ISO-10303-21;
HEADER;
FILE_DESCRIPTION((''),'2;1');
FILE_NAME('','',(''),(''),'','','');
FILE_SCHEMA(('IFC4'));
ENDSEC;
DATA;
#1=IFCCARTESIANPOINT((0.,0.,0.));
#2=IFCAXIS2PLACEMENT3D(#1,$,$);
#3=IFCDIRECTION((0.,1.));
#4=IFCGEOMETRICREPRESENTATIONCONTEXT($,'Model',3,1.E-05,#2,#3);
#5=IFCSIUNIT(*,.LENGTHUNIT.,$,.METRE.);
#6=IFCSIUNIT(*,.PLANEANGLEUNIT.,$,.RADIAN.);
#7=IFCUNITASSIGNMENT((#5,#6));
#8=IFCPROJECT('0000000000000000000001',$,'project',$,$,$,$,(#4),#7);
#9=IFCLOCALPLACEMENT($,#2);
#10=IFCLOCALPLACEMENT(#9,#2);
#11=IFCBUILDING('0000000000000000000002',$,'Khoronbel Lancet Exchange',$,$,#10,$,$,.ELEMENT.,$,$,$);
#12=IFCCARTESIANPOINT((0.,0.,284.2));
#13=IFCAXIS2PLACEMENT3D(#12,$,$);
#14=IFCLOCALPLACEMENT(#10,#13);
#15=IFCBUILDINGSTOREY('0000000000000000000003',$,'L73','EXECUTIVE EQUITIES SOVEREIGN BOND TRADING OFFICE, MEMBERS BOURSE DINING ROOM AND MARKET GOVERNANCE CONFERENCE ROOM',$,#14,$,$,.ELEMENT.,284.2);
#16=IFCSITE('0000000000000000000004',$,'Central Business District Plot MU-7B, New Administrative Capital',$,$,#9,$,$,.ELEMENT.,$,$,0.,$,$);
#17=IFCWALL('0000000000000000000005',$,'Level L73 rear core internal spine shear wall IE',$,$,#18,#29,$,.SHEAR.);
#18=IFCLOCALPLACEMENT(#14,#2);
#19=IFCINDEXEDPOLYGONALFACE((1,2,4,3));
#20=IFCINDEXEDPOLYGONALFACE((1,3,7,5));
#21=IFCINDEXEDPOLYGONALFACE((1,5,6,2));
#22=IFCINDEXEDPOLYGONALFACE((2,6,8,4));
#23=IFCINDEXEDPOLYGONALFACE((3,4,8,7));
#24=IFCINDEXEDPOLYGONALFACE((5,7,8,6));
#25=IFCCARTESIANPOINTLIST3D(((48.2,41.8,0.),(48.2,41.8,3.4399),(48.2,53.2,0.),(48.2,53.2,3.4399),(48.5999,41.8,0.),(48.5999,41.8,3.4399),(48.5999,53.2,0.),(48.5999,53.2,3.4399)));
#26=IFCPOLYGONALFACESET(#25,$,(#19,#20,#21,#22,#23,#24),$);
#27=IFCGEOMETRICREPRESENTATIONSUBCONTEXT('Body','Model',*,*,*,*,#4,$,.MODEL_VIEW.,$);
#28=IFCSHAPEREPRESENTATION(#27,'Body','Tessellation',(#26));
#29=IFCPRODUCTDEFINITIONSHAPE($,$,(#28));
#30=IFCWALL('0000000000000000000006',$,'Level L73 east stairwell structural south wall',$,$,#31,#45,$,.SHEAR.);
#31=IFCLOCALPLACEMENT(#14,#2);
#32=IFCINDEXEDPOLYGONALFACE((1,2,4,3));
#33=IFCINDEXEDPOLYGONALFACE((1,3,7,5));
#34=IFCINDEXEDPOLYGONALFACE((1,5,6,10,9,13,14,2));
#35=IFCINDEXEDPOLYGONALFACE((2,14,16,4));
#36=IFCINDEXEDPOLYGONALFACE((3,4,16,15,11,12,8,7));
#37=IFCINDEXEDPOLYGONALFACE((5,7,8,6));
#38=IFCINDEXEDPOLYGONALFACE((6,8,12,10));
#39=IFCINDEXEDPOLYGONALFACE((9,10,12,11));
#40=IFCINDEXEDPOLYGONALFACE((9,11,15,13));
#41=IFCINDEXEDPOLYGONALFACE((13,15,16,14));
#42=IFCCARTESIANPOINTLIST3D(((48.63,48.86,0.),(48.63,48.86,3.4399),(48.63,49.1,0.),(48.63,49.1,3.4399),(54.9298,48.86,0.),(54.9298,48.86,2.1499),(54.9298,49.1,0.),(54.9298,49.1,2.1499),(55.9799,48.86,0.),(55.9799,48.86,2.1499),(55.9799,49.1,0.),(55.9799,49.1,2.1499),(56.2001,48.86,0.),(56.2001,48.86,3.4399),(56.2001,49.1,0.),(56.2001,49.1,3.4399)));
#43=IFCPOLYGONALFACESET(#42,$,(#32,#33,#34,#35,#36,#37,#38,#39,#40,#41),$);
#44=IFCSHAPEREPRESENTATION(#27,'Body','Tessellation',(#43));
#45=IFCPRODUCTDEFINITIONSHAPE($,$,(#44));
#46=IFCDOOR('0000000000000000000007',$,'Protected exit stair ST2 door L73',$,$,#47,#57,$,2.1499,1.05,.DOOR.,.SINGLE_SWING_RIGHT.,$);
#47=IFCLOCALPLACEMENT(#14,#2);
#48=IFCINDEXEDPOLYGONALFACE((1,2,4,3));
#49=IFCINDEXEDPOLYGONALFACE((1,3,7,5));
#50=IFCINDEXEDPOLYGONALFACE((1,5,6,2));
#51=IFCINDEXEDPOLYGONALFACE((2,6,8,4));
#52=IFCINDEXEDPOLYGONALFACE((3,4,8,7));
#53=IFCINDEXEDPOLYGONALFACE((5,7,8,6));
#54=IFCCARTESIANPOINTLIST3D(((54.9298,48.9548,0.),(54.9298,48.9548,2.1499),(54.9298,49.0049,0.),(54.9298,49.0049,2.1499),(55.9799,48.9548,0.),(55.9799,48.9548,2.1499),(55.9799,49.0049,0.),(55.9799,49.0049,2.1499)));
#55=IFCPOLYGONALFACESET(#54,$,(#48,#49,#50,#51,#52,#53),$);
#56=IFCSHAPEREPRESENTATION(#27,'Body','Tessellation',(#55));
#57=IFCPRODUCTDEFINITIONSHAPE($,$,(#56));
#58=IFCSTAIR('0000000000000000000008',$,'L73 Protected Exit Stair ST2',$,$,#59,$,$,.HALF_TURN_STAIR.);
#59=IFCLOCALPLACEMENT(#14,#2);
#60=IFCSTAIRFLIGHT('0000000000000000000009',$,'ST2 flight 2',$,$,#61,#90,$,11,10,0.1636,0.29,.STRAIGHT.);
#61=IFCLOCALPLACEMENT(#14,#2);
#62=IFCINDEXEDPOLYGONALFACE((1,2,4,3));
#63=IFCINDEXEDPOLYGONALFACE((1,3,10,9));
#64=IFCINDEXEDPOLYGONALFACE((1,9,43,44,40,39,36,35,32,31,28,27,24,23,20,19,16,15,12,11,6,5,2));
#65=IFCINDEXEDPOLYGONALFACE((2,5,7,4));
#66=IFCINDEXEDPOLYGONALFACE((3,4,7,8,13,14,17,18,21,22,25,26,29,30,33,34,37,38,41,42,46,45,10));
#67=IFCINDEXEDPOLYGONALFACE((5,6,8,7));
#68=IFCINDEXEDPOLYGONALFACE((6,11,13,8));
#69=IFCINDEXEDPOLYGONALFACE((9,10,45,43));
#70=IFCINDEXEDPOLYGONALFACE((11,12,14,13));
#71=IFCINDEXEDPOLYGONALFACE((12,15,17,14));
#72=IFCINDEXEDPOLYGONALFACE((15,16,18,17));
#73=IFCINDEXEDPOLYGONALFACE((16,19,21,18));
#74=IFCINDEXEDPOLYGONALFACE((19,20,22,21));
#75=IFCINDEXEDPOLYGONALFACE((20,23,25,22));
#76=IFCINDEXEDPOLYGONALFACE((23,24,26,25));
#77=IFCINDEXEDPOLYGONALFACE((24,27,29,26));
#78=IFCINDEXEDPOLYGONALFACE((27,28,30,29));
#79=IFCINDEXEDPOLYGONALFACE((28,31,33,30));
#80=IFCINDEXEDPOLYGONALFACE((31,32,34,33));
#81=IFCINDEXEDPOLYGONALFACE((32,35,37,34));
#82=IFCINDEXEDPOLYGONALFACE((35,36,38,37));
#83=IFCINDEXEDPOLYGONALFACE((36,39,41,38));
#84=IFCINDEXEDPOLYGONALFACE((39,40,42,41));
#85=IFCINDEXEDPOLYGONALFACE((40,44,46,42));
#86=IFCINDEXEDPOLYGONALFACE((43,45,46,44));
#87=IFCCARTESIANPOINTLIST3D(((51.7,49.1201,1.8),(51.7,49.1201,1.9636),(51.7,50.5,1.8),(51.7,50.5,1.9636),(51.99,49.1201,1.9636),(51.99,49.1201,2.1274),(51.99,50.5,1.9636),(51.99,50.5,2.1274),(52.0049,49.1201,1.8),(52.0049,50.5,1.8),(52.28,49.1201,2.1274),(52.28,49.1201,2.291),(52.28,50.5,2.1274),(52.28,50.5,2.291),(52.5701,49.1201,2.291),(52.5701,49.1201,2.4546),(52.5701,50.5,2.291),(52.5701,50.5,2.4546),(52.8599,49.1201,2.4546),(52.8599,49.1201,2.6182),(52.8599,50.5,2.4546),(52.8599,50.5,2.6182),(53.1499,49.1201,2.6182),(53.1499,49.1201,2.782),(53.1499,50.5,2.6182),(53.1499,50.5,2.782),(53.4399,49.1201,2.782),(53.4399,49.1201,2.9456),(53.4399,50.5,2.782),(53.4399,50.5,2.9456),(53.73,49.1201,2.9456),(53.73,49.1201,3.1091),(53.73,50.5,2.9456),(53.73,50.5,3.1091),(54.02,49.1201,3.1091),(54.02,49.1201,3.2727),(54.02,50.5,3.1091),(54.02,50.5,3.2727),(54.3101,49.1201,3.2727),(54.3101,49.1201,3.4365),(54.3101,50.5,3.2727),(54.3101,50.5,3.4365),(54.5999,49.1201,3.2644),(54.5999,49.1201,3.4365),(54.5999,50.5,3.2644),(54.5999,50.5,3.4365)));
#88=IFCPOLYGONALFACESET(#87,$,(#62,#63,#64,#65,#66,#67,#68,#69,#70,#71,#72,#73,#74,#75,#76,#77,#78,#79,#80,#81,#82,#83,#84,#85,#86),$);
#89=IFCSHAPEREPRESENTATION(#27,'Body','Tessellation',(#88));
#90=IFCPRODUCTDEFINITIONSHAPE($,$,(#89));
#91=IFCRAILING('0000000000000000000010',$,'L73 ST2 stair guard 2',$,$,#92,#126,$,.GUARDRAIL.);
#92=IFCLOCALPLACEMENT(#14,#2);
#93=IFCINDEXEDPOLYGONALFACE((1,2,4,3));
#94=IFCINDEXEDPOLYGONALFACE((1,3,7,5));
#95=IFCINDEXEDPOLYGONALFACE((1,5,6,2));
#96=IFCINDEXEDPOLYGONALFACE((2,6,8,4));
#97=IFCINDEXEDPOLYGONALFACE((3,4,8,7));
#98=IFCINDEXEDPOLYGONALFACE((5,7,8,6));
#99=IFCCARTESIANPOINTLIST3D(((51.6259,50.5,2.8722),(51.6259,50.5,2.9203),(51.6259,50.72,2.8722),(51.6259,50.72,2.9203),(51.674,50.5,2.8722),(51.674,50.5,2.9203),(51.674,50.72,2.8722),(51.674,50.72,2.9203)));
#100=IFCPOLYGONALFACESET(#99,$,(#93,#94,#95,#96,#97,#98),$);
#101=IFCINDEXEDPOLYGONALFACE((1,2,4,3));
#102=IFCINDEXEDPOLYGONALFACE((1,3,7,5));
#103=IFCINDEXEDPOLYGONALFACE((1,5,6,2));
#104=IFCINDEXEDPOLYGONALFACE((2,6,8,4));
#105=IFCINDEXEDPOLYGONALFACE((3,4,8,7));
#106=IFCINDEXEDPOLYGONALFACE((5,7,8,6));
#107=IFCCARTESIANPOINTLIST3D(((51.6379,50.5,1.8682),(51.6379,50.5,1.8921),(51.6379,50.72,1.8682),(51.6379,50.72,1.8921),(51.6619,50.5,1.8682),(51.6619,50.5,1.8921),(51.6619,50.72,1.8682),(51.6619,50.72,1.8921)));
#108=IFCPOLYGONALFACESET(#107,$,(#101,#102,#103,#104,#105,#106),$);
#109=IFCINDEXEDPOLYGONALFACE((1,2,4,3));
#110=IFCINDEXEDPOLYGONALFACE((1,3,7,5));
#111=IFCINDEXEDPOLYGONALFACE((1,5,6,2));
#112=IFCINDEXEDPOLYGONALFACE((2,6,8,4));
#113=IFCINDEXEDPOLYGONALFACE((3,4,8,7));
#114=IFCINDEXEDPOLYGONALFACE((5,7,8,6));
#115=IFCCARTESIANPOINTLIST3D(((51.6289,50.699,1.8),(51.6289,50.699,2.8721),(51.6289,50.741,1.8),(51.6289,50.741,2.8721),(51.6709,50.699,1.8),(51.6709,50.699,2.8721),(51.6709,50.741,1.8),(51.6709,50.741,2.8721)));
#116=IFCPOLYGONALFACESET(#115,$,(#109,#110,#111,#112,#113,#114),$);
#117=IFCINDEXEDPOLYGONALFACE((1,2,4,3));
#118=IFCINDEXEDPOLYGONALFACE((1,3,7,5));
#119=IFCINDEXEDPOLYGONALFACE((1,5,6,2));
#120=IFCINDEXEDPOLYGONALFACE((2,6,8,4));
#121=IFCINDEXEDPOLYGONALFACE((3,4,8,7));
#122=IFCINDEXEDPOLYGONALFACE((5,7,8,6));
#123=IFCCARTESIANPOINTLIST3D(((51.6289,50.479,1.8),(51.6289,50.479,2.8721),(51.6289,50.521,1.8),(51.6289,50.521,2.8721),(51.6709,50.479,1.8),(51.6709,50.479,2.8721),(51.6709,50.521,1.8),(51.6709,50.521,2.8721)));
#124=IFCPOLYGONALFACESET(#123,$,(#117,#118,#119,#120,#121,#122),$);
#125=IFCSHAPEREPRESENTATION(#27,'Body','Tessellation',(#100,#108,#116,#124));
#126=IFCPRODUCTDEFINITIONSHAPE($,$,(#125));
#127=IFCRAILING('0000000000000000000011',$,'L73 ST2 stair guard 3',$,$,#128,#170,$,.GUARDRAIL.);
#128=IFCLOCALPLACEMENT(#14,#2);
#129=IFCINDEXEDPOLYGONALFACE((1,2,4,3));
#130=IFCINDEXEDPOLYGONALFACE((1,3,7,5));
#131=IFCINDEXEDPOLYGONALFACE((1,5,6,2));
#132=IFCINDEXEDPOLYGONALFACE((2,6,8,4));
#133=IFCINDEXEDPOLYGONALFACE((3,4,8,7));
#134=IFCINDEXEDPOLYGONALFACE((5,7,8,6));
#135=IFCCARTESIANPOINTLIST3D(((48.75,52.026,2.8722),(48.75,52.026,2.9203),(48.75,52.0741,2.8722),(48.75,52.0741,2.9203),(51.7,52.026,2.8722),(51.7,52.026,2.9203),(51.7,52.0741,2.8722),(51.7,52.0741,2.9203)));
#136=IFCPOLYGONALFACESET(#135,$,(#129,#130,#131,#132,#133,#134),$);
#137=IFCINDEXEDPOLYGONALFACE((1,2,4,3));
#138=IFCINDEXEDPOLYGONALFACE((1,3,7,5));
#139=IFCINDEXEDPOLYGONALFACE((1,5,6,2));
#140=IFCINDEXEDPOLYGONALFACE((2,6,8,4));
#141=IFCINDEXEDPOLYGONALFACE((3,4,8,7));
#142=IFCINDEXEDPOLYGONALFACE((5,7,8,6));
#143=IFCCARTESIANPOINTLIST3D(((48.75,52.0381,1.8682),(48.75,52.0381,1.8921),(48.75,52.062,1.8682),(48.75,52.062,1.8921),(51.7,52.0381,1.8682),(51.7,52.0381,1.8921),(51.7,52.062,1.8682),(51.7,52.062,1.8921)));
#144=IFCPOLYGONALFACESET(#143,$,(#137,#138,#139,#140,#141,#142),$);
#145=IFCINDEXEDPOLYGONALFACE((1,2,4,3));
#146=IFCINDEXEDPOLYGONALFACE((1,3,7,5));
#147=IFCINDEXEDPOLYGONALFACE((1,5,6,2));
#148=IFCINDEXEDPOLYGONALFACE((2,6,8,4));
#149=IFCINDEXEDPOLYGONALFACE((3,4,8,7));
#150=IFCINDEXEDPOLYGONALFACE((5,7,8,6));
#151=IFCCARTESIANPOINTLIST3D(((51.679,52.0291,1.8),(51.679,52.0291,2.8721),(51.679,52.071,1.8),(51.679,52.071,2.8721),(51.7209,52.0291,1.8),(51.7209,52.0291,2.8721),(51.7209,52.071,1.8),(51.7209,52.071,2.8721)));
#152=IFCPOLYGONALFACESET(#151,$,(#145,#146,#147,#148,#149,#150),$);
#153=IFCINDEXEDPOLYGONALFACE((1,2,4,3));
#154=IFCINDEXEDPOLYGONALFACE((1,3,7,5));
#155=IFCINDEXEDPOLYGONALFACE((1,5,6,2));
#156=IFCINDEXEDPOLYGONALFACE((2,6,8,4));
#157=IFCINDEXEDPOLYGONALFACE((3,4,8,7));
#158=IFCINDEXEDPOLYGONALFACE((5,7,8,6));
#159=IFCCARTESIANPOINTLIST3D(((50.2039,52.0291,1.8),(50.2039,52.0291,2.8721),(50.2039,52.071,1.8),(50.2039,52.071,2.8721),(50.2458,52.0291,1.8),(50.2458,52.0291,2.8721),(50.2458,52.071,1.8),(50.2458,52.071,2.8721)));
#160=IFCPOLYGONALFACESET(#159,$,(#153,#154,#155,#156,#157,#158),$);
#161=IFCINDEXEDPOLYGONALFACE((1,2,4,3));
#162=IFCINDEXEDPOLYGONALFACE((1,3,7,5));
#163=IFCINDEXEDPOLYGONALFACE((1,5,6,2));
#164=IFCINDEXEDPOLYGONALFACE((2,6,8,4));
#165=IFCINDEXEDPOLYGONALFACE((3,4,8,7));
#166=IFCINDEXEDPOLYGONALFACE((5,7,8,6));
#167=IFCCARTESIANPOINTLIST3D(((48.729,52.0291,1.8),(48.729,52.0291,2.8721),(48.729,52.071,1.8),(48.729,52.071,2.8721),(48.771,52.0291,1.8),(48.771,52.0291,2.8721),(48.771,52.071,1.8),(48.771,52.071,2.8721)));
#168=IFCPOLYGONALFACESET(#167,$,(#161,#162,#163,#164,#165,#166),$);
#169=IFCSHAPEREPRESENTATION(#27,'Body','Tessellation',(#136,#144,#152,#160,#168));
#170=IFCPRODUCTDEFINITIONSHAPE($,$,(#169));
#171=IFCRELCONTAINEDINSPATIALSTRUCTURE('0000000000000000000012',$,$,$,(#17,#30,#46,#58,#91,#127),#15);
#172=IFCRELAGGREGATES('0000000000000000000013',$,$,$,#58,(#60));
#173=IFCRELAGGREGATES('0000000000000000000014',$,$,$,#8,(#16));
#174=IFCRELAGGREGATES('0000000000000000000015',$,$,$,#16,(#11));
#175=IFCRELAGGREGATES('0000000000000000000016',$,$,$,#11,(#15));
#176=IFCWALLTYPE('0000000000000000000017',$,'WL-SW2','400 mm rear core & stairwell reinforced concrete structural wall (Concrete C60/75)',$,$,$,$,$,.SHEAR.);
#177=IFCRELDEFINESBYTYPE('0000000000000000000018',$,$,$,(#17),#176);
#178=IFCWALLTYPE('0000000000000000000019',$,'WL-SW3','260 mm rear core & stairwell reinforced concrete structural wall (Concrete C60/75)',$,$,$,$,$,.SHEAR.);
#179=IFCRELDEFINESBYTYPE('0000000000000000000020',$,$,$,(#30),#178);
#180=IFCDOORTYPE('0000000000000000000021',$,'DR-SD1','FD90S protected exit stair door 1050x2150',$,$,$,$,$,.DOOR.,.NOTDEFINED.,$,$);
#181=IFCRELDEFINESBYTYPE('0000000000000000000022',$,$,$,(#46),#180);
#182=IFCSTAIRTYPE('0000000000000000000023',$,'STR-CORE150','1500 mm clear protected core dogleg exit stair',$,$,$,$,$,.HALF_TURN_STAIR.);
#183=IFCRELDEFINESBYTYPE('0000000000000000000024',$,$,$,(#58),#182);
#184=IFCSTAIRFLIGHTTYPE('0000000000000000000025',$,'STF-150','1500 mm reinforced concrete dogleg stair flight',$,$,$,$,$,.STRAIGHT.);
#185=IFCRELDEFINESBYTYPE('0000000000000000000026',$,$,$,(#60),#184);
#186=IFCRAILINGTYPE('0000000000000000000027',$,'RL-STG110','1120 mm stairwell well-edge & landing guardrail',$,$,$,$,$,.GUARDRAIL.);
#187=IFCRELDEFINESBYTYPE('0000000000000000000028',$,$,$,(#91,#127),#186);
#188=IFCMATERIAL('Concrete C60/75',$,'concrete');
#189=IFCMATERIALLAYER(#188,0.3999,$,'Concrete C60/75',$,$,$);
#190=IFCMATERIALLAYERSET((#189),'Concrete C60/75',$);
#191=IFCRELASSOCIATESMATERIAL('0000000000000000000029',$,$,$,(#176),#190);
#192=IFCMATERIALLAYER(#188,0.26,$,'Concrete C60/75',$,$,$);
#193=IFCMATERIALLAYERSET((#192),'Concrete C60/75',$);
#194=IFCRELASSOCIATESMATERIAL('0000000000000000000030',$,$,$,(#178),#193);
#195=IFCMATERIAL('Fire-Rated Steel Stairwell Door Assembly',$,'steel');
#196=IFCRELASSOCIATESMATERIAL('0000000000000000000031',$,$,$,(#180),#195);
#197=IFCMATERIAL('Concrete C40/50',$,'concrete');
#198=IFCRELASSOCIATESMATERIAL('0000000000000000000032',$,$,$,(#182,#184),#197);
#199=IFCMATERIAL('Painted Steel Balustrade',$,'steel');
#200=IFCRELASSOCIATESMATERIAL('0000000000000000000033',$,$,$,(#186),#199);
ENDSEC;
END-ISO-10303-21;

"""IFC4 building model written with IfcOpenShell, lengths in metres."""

from ifc_helpers import new_model, si_unit, direction, frame, frame_2d, origin, origin_2d, place, context, subcontext, project, spatial, polyline, rectangle, outline, extrude, material, layer, layer_set, type_object, element, fill, aggregate, save


model = new_model("IFC4")

# Units and contexts
model_context = context("Model", 3, precision=1e-05, world=origin(), true_north=direction((0.0, 1.0)))
body_context = subcontext(model_context, "Body", "Model", "MODEL_VIEW")
ifc_project = project(units=[si_unit("LENGTHUNIT", "METRE"), si_unit("PLANEANGLEUNIT", "RADIAN")], contexts=[model_context])

# Site, building, storey
site_placement = place(None, origin())
site = spatial("IfcSite", under=ifc_project, at=site_placement, Name="Central Business District Plot MU-7B, New Administrative Capital", CompositionType="ELEMENT", RefElevation=0.0)
building_placement = place(site_placement, origin())
building = spatial("IfcBuilding", under=site, at=building_placement, Name="Khoronbel Lancet Exchange", CompositionType="ELEMENT")
storey_placement = place(building_placement, frame((0.0, 0.0, 284.2)))
storey = spatial("IfcBuildingStorey", under=building, at=storey_placement, Name="L73", Description="EXECUTIVE EQUITIES SOVEREIGN BOND TRADING OFFICE, MEMBERS BOURSE DINING ROOM AND MARKET GOVERNANCE CONFERENCE ROOM", CompositionType="ELEMENT", Elevation=284.2)

# Wall
ifc_material_1 = material(Name="Concrete C60/75", Category="concrete")
ifc_layer_1 = layer(ifc_material_1, 0.3999, Name="Concrete C60/75")
ifc_layer_set_1 = layer_set([ifc_layer_1], Name="Concrete C60/75")
wall_type_1 = type_object("IfcWallType", Name="WL-SW2", Description="400 mm rear core & stairwell reinforced concrete structural wall (Concrete C60/75)", PredefinedType="SHEAR", material=ifc_layer_set_1)
wall_1_placement = place(storey_placement, frame((48.3999, 41.8, 0.0), z_axis=(0.0, 0.0, 1.0), x_axis=(0.0, 1.0, 0.0)))
element("IfcWall", 1, at=wall_1_placement, inside=storey, type_object=wall_type_1, Name="Level L73 rear core internal spine shear wall IE", PredefinedType="SHEAR", context=body_context, shape_type="SweptSolid", body=[
    extrude(rectangle(XDim=11.3999, YDim=0.3999, at=frame_2d((5.7, 0.0))), origin(), (0.0, 0.0, 1.0), 3.4399),
])

# Wall, opening, door
ifc_layer_2 = layer(ifc_material_1, 0.26, Name="Concrete C60/75")
ifc_layer_set_2 = layer_set([ifc_layer_2], Name="Concrete C60/75")
wall_type_2 = type_object("IfcWallType", Name="WL-SW3", Description="260 mm rear core & stairwell reinforced concrete structural wall (Concrete C60/75)", PredefinedType="SHEAR", material=ifc_layer_set_2)
wall_2_placement = place(storey_placement, frame((48.6299, 48.98, 0.0), z_axis=(0.0, 0.0, 1.0), x_axis=(1.0, 0.0, 0.0)))
wall_2 = element("IfcWall", 2, at=wall_2_placement, inside=storey, type_object=wall_type_2, Name="Level L73 east stairwell structural south wall", PredefinedType="SHEAR", context=body_context, shape_type="SweptSolid", body=[
    extrude(rectangle(XDim=7.5701, YDim=0.24, at=frame_2d((3.7852, 0.0))), origin(), (0.0, 0.0, 1.0), 3.4399),
])
opening_1_placement = place(wall_2_placement, frame((6.3, 0.0, 0.0)))
opening_1 = element("IfcOpeningElement", 3, at=opening_1_placement, cuts=wall_2, PredefinedType="OPENING", context=body_context, shape_type="SweptSolid", body=[
    extrude(rectangle(XDim=1.05, YDim=2.1499, at=frame_2d((0.5249, 1.075))), frame((0.0, 0.1299, 0.0), z_axis=(0.0, -1.0, 0.0), x_axis=(1.0, 0.0, 0.0)), (0.0, 0.0, 1.0), 0.26),
])
ifc_material_2 = material(Name="Fire-Rated Steel Stairwell Door Assembly", Category="steel")
door_type_1 = type_object("IfcDoorType", Name="DR-SD1", Description="FD90S protected exit stair door 1050x2150", OperationType="NOTDEFINED", PredefinedType="DOOR", material=ifc_material_2)
door_1_placement = place(opening_1_placement, origin())
door_1 = element("IfcDoor", 4, at=door_1_placement, inside=storey, type_object=door_type_1, Name="Protected exit stair ST2 door L73", OperationType="SINGLE_SWING_RIGHT", OverallHeight=2.1499, OverallWidth=1.05, PredefinedType="DOOR", context=body_context, shape_type="SweptSolid", body=[
    extrude(rectangle(XDim=1.05, YDim=2.1499, at=frame_2d((0.5249, 1.075))), frame((0.0, 0.0249, 0.0), z_axis=(0.0, -1.0, 0.0), x_axis=(1.0, 0.0, 0.0)), (0.0, 0.0, 1.0), 0.05),
])
fill(opening_1, door_1)

# Stair, stair flight
ifc_material_3 = material(Name="Concrete C40/50", Category="concrete")
stair_type = type_object("IfcStairType", Name="STR-CORE150", Description="1500 mm clear protected core dogleg exit stair", PredefinedType="HALF_TURN_STAIR", material=ifc_material_3)
stair_placement = place(storey_placement, origin())
stair = element("IfcStair", 5, at=stair_placement, inside=storey, type_object=stair_type, Name="L73 Protected Exit Stair ST2", PredefinedType="HALF_TURN_STAIR")
stair_flight_type = type_object("IfcStairFlightType", Name="STF-150", Description="1500 mm reinforced concrete dogleg stair flight", PredefinedType="STRAIGHT", material=ifc_material_3)
stair_flight_placement = place(storey_placement, frame((51.7, 49.8101, 1.8), z_axis=(0.0, 0.0, 1.0), x_axis=(1.0, 0.0, 0.0)))
stair_flight = element("IfcStairFlight", 6, at=stair_flight_placement, type_object=stair_flight_type, Name="ST2 flight 2", NumberOfRisers=11, NumberOfTreads=10, PredefinedType="STRAIGHT", RiserHeight=0.1636, TreadLength=0.29, context=body_context, shape_type="SweptSolid", body=[
    extrude(outline(polyline([(0.0, 0.0), (0.0, 0.1636), (0.29, 0.1636), (0.29, 0.3274), (0.5801, 0.3274), (0.5801, 0.491), (0.8701, 0.491), (0.8701, 0.6545), (1.1599, 0.6545), (1.1599, 0.8181), (1.45, 0.8181), (1.45, 0.9819), (1.74, 0.9819), (1.74, 1.1455), (2.03, 1.1455), (2.03, 1.3091), (2.3201, 1.3091), (2.3201, 1.4727), (2.6101, 1.4727), (2.6101, 1.6365), (2.8999, 1.6365), (2.8999, 1.8), (2.8999, 1.4644), (0.3049, 0.0), (0.0, 0.0)])), frame((0.0, 0.6899, 0.0), z_axis=(0.0, -1.0, 0.0), x_axis=(1.0, 0.0, 0.0)), (0.0, 0.0, 1.0), 1.3799),
])
aggregate(stair, [stair_flight])

# Railings
ifc_material_4 = material(Name="Painted Steel Balustrade", Category="steel")
railing_type_1 = type_object("IfcRailingType", Name="RL-STG110", Description="1120 mm stairwell well-edge & landing guardrail", PredefinedType="GUARDRAIL", material=ifc_material_4)
railing_1_placement = place(storey_placement, frame((51.6499, 50.72, 1.8)))
element("IfcRailing", 7, at=railing_1_placement, inside=storey, type_object=railing_type_1, Name="L73 ST2 stair guard 2", PredefinedType="GUARDRAIL", context=body_context, shape_type="SweptSolid", body=[
    extrude(rectangle(XDim=0.0481, YDim=0.0481, at=origin_2d()), frame((0.0, 0.0, 1.0962), z_axis=(0.0, -1.0, 0.0), x_axis=(1.0, 0.0, 0.0)), (0.0, 0.0, 1.0), 0.22),
    extrude(rectangle(XDim=0.0239, YDim=0.0239, at=origin_2d()), frame((0.0, 0.0, 0.0801), z_axis=(0.0, -1.0, 0.0), x_axis=(1.0, 0.0, 0.0)), (0.0, 0.0, 1.0), 0.22),
    extrude(rectangle(XDim=0.042, YDim=0.042, at=origin_2d()), origin(), (0.0, 0.0, 1.0), 1.072),
    extrude(rectangle(XDim=0.042, YDim=0.042, at=origin_2d()), frame((0.0, -0.22, 0.0)), (0.0, 0.0, 1.0), 1.072),
])
railing_2_placement = place(storey_placement, frame((51.7, 52.05, 1.8)))
element("IfcRailing", 8, at=railing_2_placement, inside=storey, type_object=railing_type_1, Name="L73 ST2 stair guard 3", PredefinedType="GUARDRAIL", context=body_context, shape_type="SweptSolid", body=[
    extrude(rectangle(XDim=0.0481, YDim=0.0481, at=origin_2d()), frame((0.0, 0.0, 1.0962), z_axis=(-1.0, 0.0, 0.0), x_axis=(0.0, -1.0, 0.0)), (0.0, 0.0, 1.0), 2.95),
    extrude(rectangle(XDim=0.0239, YDim=0.0239, at=origin_2d()), frame((0.0, 0.0, 0.0801), z_axis=(-1.0, 0.0, 0.0), x_axis=(0.0, -1.0, 0.0)), (0.0, 0.0, 1.0), 2.95),
    extrude(rectangle(XDim=0.042, YDim=0.042, at=origin_2d()), origin(), (0.0, 0.0, 1.0), 1.072),
    extrude(rectangle(XDim=0.042, YDim=0.042, at=origin_2d()), frame((-1.4751, 0.0, 0.0)), (0.0, 0.0, 1.0), 1.072),
    extrude(rectangle(XDim=0.042, YDim=0.042, at=origin_2d()), frame((-2.95, 0.0, 0.0)), (0.0, 0.0, 1.0), 1.072),
])

save(model, "model.ifc")
